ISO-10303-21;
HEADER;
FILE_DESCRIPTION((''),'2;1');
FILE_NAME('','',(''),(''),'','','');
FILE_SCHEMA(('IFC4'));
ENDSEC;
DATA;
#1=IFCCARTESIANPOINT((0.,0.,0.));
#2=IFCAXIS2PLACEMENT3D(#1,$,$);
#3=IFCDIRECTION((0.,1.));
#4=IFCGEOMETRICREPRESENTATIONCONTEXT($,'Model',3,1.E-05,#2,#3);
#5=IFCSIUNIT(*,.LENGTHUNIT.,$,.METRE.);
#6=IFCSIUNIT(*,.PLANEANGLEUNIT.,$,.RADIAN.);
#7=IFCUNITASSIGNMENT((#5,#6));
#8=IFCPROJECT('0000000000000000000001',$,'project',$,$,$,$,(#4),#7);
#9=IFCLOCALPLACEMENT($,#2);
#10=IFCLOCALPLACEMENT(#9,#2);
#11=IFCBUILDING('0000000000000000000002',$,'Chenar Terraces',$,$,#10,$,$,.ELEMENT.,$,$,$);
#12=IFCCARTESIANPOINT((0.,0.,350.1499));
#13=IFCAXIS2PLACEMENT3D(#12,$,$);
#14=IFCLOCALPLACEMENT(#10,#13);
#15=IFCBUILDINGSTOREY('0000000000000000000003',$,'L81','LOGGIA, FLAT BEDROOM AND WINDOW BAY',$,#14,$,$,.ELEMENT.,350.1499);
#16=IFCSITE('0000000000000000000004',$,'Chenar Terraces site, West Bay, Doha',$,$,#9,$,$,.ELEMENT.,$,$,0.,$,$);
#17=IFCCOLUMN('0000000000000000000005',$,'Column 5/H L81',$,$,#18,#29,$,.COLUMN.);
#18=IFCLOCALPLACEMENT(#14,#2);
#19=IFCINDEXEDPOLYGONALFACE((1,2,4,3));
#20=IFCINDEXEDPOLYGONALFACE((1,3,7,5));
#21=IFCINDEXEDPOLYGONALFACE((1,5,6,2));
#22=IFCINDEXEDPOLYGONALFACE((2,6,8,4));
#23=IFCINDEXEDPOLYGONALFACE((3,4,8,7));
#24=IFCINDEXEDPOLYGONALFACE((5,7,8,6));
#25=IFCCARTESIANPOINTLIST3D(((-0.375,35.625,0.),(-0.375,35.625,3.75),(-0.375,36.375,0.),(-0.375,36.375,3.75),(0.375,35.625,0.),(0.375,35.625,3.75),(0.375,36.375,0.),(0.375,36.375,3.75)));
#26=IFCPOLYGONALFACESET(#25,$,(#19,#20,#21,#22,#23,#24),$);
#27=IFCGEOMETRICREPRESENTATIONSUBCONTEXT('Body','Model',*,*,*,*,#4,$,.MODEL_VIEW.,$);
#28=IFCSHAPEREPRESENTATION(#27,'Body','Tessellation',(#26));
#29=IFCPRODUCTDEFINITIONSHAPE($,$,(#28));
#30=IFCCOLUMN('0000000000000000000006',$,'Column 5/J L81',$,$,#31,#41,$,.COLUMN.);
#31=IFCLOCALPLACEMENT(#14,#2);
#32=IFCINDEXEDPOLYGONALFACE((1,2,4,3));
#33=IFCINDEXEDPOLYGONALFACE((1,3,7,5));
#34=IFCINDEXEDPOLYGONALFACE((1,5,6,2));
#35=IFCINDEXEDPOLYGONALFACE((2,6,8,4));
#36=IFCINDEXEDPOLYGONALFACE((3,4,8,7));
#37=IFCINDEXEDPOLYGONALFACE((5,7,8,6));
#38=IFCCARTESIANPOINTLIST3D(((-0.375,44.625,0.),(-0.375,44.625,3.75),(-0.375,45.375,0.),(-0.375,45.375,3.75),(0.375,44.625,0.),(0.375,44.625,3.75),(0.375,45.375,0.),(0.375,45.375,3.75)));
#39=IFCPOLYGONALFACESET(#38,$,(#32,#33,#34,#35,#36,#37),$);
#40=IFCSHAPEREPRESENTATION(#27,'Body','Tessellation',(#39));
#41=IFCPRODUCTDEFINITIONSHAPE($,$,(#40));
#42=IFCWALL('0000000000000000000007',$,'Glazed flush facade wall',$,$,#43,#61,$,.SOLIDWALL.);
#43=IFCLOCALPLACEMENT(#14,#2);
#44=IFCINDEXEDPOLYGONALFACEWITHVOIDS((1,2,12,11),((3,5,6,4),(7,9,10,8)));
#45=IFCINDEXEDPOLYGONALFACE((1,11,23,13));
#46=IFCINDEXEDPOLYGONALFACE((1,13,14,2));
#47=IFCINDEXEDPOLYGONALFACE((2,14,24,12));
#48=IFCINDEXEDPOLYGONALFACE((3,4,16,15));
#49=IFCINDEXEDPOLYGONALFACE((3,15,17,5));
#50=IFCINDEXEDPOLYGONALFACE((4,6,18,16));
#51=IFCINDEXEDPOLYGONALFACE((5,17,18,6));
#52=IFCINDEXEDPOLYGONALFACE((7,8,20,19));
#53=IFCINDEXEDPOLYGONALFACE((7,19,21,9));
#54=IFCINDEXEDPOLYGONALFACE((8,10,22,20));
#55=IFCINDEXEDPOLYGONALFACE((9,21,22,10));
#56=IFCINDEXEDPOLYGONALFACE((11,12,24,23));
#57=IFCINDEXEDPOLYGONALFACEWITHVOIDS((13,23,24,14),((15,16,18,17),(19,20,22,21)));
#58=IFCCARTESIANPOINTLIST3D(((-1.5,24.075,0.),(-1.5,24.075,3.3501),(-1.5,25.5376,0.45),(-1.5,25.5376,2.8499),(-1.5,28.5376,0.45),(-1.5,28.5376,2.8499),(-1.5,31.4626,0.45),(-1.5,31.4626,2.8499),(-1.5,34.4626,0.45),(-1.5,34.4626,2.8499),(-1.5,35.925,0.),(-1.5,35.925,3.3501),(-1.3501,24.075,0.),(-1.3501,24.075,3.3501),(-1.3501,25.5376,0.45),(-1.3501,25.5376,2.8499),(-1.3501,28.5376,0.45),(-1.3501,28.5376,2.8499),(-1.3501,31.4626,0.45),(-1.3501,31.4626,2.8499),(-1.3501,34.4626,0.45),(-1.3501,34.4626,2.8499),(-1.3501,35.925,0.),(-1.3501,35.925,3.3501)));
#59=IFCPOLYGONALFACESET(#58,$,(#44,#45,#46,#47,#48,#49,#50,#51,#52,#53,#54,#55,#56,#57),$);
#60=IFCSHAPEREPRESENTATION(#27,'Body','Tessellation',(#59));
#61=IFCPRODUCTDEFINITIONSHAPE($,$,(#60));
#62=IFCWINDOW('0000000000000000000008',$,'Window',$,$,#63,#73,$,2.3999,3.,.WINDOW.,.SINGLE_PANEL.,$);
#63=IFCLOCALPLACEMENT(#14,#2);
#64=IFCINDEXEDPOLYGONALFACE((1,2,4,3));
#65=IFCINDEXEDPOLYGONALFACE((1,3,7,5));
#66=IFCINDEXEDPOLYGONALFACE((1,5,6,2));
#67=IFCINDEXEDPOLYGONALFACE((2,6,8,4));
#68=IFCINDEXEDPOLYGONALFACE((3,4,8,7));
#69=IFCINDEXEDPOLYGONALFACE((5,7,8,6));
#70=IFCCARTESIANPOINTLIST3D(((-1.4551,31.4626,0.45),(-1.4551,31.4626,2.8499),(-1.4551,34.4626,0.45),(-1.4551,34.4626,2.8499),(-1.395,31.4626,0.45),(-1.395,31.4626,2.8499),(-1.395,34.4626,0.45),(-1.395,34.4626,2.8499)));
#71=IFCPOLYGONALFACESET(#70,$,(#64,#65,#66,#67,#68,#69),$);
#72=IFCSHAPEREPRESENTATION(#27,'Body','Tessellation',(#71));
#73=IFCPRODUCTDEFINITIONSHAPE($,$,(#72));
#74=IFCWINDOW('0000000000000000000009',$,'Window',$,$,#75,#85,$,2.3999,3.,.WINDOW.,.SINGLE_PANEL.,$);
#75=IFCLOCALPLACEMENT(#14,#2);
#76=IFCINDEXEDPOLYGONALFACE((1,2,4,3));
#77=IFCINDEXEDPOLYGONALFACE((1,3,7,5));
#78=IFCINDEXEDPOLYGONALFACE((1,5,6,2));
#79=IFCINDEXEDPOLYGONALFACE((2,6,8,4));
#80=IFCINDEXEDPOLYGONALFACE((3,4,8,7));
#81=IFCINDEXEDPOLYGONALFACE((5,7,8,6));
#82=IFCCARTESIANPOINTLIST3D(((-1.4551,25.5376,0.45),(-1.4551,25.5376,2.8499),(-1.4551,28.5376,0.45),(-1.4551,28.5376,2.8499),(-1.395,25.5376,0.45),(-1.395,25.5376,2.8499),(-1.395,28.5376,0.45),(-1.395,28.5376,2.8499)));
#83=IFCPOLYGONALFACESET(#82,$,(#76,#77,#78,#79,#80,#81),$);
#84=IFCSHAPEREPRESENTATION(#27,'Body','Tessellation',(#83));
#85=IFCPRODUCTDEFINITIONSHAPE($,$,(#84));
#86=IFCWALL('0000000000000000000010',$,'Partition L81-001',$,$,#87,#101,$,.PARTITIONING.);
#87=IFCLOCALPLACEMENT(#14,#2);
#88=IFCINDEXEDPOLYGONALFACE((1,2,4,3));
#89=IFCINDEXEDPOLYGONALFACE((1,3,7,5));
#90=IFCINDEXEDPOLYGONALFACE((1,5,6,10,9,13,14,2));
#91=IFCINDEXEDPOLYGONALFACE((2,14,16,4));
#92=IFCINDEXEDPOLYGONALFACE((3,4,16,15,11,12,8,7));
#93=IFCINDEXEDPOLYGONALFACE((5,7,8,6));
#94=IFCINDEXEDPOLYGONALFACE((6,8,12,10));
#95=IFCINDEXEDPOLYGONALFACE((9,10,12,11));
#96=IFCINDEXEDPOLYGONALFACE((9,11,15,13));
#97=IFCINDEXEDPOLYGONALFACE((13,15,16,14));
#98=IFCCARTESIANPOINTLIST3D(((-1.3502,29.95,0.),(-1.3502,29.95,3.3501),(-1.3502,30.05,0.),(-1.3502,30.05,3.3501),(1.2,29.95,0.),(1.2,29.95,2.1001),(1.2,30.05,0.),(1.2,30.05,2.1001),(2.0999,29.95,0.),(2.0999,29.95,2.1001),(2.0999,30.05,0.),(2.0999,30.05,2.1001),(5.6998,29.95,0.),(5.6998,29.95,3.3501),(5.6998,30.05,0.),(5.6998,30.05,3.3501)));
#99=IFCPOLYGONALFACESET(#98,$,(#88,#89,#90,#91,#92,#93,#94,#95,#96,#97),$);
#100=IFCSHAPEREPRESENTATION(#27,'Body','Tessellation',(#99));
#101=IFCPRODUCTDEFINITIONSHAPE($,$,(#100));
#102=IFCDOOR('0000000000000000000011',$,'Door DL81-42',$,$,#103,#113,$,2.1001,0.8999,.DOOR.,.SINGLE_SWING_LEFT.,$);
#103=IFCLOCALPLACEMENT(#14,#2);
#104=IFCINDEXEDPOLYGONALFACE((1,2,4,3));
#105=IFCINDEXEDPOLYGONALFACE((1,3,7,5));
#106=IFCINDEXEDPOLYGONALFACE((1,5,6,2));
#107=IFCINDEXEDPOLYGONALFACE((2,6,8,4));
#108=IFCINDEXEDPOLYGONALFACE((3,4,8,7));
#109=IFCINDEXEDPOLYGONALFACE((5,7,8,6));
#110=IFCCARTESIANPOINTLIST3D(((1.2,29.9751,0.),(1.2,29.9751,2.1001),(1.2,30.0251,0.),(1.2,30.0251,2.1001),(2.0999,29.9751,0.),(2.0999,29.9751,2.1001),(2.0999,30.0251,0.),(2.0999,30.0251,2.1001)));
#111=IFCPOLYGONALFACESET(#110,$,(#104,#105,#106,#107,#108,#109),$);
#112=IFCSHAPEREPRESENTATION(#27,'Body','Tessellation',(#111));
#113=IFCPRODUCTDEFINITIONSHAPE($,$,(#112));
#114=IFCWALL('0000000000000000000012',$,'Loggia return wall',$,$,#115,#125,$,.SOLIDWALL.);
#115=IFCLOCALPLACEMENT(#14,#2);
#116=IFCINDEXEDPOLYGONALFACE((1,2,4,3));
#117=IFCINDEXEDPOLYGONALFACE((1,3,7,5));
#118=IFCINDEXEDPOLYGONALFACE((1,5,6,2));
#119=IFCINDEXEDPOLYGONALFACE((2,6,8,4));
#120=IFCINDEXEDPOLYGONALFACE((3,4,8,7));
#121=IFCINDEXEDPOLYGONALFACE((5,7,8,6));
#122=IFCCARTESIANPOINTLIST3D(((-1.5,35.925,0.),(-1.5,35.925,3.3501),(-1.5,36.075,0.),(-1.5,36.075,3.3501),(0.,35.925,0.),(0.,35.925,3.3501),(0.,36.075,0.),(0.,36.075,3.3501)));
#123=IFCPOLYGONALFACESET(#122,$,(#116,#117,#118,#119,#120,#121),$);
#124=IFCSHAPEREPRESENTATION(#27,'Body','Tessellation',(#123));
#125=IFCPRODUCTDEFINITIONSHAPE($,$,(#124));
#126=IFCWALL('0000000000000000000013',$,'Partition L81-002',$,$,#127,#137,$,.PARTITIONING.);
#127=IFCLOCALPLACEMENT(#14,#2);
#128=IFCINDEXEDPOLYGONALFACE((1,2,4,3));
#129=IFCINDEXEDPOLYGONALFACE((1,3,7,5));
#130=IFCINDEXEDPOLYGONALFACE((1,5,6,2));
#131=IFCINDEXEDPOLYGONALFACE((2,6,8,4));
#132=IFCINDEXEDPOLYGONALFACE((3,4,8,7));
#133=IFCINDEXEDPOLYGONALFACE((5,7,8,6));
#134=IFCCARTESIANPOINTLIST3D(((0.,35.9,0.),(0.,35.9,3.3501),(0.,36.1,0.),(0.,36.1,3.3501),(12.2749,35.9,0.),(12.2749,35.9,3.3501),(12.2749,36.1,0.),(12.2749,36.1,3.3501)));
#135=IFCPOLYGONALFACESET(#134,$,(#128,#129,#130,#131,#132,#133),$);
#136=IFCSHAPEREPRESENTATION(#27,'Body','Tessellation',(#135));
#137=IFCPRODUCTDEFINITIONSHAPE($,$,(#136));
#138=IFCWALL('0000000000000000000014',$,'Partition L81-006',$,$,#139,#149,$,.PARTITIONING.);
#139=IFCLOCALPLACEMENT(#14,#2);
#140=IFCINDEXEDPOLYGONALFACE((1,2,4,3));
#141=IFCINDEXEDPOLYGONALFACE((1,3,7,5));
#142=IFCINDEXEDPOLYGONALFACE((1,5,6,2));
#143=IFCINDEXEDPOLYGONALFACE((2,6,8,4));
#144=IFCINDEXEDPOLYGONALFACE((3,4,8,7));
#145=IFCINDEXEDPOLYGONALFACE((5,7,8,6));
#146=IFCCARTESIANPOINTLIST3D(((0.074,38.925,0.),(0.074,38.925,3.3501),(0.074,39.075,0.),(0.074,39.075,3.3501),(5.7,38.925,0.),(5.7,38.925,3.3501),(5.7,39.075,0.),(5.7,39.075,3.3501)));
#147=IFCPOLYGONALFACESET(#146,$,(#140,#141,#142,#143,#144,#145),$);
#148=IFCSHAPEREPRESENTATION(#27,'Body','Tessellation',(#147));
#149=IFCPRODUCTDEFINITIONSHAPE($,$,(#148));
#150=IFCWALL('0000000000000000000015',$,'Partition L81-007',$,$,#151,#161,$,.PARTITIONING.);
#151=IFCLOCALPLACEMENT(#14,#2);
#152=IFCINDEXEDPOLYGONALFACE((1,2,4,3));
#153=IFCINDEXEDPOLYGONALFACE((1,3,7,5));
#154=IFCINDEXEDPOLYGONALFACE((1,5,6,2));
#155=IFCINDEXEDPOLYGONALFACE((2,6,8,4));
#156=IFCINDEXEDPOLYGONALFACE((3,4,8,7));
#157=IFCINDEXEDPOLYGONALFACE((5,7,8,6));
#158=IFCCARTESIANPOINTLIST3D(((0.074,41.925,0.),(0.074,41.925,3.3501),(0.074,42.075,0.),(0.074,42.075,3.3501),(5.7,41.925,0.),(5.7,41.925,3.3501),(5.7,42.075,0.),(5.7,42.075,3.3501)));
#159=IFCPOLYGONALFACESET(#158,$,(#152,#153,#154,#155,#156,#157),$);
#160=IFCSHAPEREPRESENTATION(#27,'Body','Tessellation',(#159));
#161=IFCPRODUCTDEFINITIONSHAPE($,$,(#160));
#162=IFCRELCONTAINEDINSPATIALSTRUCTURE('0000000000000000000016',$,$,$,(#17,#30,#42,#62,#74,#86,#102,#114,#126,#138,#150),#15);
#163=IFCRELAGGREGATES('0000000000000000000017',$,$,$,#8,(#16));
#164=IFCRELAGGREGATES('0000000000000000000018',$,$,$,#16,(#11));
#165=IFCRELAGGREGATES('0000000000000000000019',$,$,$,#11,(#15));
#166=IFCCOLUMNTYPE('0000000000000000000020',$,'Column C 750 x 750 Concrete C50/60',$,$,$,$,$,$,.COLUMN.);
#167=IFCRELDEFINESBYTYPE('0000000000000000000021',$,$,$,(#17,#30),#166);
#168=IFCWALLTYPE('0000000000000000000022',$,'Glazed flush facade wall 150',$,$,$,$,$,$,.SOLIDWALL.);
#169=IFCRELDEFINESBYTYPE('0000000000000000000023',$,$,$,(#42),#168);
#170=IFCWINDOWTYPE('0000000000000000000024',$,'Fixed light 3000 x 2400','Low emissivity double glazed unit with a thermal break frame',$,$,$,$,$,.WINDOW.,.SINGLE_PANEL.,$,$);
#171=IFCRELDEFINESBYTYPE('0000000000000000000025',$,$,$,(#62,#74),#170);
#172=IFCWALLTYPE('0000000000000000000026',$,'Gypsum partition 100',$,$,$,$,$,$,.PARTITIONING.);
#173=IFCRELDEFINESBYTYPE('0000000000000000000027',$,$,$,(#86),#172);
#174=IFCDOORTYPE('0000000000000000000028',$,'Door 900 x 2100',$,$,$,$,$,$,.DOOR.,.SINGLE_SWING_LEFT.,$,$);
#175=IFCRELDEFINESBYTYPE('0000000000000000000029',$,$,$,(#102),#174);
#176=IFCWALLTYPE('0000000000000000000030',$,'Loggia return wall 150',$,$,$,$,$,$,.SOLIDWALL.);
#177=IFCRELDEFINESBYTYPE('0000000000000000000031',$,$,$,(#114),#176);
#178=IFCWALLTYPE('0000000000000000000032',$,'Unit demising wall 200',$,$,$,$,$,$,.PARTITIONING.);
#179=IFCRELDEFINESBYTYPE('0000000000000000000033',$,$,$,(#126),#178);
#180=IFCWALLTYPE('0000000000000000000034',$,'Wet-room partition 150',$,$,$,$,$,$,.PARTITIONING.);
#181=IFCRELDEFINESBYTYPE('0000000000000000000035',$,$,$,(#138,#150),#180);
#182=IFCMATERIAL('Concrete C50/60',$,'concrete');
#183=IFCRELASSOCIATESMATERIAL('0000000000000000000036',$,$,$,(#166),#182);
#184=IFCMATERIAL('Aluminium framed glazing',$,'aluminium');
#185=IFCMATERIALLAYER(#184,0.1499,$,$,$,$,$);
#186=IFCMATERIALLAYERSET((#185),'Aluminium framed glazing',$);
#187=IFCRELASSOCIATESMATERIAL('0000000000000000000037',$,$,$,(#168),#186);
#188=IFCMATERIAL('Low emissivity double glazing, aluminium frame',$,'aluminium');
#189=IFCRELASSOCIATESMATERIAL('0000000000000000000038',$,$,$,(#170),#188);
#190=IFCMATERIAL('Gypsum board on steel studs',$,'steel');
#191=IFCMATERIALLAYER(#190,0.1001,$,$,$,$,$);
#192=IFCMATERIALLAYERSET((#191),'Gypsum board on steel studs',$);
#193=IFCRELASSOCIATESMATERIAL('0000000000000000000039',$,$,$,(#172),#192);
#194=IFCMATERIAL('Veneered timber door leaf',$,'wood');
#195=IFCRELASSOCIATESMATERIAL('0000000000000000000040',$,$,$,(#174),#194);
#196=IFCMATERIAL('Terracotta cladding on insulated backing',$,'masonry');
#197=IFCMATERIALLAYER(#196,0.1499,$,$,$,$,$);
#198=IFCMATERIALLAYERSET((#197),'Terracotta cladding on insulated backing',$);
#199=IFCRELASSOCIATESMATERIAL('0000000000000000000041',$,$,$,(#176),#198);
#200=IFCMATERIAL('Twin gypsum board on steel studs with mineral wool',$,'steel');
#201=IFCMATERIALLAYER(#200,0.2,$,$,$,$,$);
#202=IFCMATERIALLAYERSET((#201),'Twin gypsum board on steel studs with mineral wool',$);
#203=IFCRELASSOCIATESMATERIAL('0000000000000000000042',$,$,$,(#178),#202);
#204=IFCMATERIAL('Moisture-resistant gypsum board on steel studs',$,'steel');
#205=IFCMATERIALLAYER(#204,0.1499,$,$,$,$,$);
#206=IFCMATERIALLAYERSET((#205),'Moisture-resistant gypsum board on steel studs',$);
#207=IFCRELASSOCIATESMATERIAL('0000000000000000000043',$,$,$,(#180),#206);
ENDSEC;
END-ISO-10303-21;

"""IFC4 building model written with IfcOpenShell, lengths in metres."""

from ifc_helpers import new_model, si_unit, direction, frame, frame_2d, origin, origin_2d, place, context, subcontext, project, spatial, rectangle, extrude, material, layer, layer_set, material_profile, profile_set, type_object, element, fill, save


model = new_model("IFC4")

# Units and contexts
model_context = context("Model", 3, precision=1e-05, world=origin(), true_north=direction((0.0, 1.0)))
body_context = subcontext(model_context, "Body", "Model", "MODEL_VIEW")
ifc_project = project(units=[si_unit("LENGTHUNIT", "METRE"), si_unit("PLANEANGLEUNIT", "RADIAN")], contexts=[model_context])

# Site, building, storey
site_placement = place(None, origin())
site = spatial("IfcSite", under=ifc_project, at=site_placement, Name="Chenar Terraces site, West Bay, Doha", CompositionType="ELEMENT", RefElevation=0.0)
building_placement = place(site_placement, origin())
building = spatial("IfcBuilding", under=site, at=building_placement, Name="Chenar Terraces", CompositionType="ELEMENT")
storey_placement = place(building_placement, frame((0.0, 0.0, 350.1499)))
storey = spatial("IfcBuildingStorey", under=building, at=storey_placement, Name="L81", Description="LOGGIA, FLAT BEDROOM AND WINDOW BAY", CompositionType="ELEMENT", Elevation=350.1499)

# Columns
ifc_material_1 = material(Name="Concrete C50/60", Category="concrete")
ifc_material_profile = material_profile(ifc_material_1, rectangle(XDim=0.75, YDim=0.75, at=origin_2d()), Name="C 750 x 750")
ifc_profile_set = profile_set([ifc_material_profile], Name="Concrete C50/60")
column_type = type_object("IfcColumnType", Name="Column C 750 x 750 Concrete C50/60", PredefinedType="COLUMN", material=ifc_profile_set)
placement = place(storey_placement, frame((0.0, 36.0, 0.0), z_axis=(0.0, 0.0, 1.0), x_axis=(1.0, 0.0, 0.0)))
element("IfcColumn", 1, at=placement, inside=storey, type_object=column_type, Name="Column 5/H L81", PredefinedType="COLUMN", context=body_context, shape_type="SweptSolid", body=[
    extrude(rectangle(XDim=0.75, YDim=0.75, at=origin_2d()), origin(), (0.0, 0.0, 1.0), 3.75),
])
column_1_placement = place(storey_placement, frame((0.0, 45.0, 0.0), z_axis=(0.0, 0.0, 1.0), x_axis=(1.0, 0.0, 0.0)))
element("IfcColumn", 2, at=column_1_placement, inside=storey, type_object=column_type, Name="Column 5/J L81", PredefinedType="COLUMN", context=body_context, shape_type="SweptSolid", body=[
    extrude(rectangle(XDim=0.75, YDim=0.75, at=origin_2d()), origin(), (0.0, 0.0, 1.0), 3.75),
])

# Wall, openings, windows
ifc_material_2 = material(Name="Aluminium framed glazing", Category="aluminium")
ifc_layer_1 = layer(ifc_material_2, 0.1499)
ifc_layer_set_1 = layer_set([ifc_layer_1], Name="Aluminium framed glazing")
wall_type_1 = type_object("IfcWallType", Name="Glazed flush facade wall 150", PredefinedType="SOLIDWALL", material=ifc_layer_set_1)
wall_1_placement = place(storey_placement, frame((-1.425, 35.925, 0.0), z_axis=(0.0, 0.0, 1.0), x_axis=(0.0, -1.0, 0.0)))
wall_1 = element("IfcWall", 3, at=wall_1_placement, inside=storey, type_object=wall_type_1, Name="Glazed flush facade wall", PredefinedType="SOLIDWALL", context=body_context, shape_type="SweptSolid", body=[
    extrude(rectangle(XDim=11.8501, YDim=0.1499, at=frame_2d((5.925, 0.0))), origin(), (0.0, 0.0, 1.0), 3.3501),
])
opening_1_placement = place(wall_1_placement, frame((1.4624, 0.0, 0.45)))
opening_1 = element("IfcOpeningElement", 4, at=opening_1_placement, cuts=wall_1, PredefinedType="OPENING", context=body_context, shape_type="SweptSolid", body=[
    extrude(rectangle(XDim=3.0, YDim=2.3999, at=frame_2d((1.5, 1.2))), frame((0.0, 0.085, 0.0), z_axis=(0.0, -1.0, 0.0), x_axis=(1.0, 0.0, 0.0)), (0.0, 0.0, 1.0), 0.1699),
])
opening_2_placement = place(wall_1_placement, frame((7.3875, 0.0, 0.45)))
opening_2 = element("IfcOpeningElement", 5, at=opening_2_placement, cuts=wall_1, PredefinedType="OPENING", context=body_context, shape_type="SweptSolid", body=[
    extrude(rectangle(XDim=3.0, YDim=2.3999, at=frame_2d((1.5, 1.2))), frame((0.0, 0.085, 0.0), z_axis=(0.0, -1.0, 0.0), x_axis=(1.0, 0.0, 0.0)), (0.0, 0.0, 1.0), 0.1699),
])
ifc_material_3 = material(Name="Low emissivity double glazing, aluminium frame", Category="aluminium")
window_type = type_object("IfcWindowType", Name="Fixed light 3000 x 2400", Description="Low emissivity double glazed unit with a thermal break frame", PartitioningType="SINGLE_PANEL", PredefinedType="WINDOW", material=ifc_material_3)
window_1_placement = place(opening_1_placement, origin())
window_1 = element("IfcWindow", 6, at=window_1_placement, inside=storey, type_object=window_type, Name="Window", OverallHeight=2.3999, OverallWidth=3.0, PartitioningType="SINGLE_PANEL", PredefinedType="WINDOW", context=body_context, shape_type="SweptSolid", body=[
    extrude(rectangle(XDim=3.0, YDim=2.3999, at=frame_2d((1.5, 1.2))), frame((0.0, 0.03, 0.0), z_axis=(0.0, -1.0, 0.0), x_axis=(1.0, 0.0, 0.0)), (0.0, 0.0, 1.0), 0.0601),
])
fill(opening_1, window_1)
window_2_placement = place(opening_2_placement, origin())
window_2 = element("IfcWindow", 7, at=window_2_placement, inside=storey, type_object=window_type, Name="Window", OverallHeight=2.3999, OverallWidth=3.0, PartitioningType="SINGLE_PANEL", PredefinedType="WINDOW", context=body_context, shape_type="SweptSolid", body=[
    extrude(rectangle(XDim=3.0, YDim=2.3999, at=frame_2d((1.5, 1.2))), frame((0.0, 0.03, 0.0), z_axis=(0.0, -1.0, 0.0), x_axis=(1.0, 0.0, 0.0)), (0.0, 0.0, 1.0), 0.0601),
])
fill(opening_2, window_2)

# Wall, opening, door
ifc_material_4 = material(Name="Gypsum board on steel studs", Category="steel")
ifc_layer_2 = layer(ifc_material_4, 0.1001)
ifc_layer_set_2 = layer_set([ifc_layer_2], Name="Gypsum board on steel studs")
wall_type_2 = type_object("IfcWallType", Name="Gypsum partition 100", PredefinedType="PARTITIONING", material=ifc_layer_set_2)
wall_2_placement = place(storey_placement, frame((-1.3501, 30.0, 0.0), z_axis=(0.0, 0.0, 1.0), x_axis=(1.0, 0.0, 0.0)))
wall_2 = element("IfcWall", 8, at=wall_2_placement, inside=storey, type_object=wall_type_2, Name="Partition L81-001", PredefinedType="PARTITIONING", context=body_context, shape_type="SweptSolid", body=[
    extrude(rectangle(XDim=7.05, YDim=0.1001, at=frame_2d((3.5249, 0.0))), origin(), (0.0, 0.0, 1.0), 3.3501),
])
opening_3_placement = place(wall_2_placement, frame((2.55, 0.0, 0.0)))
opening_3 = element("IfcOpeningElement", 9, at=opening_3_placement, cuts=wall_2, PredefinedType="OPENING", context=body_context, shape_type="SweptSolid", body=[
    extrude(rectangle(XDim=0.8999, YDim=2.1001, at=frame_2d((0.45, 1.05))), frame((0.0, 0.0601, 0.0), z_axis=(0.0, -1.0, 0.0), x_axis=(1.0, 0.0, 0.0)), (0.0, 0.0, 1.0), 0.1201),
])
ifc_material_5 = material(Name="Veneered timber door leaf", Category="wood")
door_type_1 = type_object("IfcDoorType", Name="Door 900 x 2100", OperationType="SINGLE_SWING_LEFT", PredefinedType="DOOR", material=ifc_material_5)
door_1_placement = place(opening_3_placement, frame((0.8999, 0.0, 0.0), z_axis=(0.0, 0.0, 1.0), x_axis=(-1.0, 0.0, 0.0)))
door_1 = element("IfcDoor", 10, at=door_1_placement, inside=storey, type_object=door_type_1, Name="Door DL81-42", OperationType="SINGLE_SWING_LEFT", OverallHeight=2.1001, OverallWidth=0.8999, PredefinedType="DOOR", context=body_context, shape_type="SweptSolid", body=[
    extrude(rectangle(XDim=0.8999, YDim=2.1001, at=frame_2d((0.45, 1.05))), frame((0.0, 0.0249, 0.0), z_axis=(0.0, -1.0, 0.0), x_axis=(1.0, 0.0, 0.0)), (0.0, 0.0, 1.0), 0.05),
])
fill(opening_3, door_1)

# Walls
ifc_material_6 = material(Name="Terracotta cladding on insulated backing", Category="masonry")
ifc_layer_3 = layer(ifc_material_6, 0.1499)
ifc_layer_set_3 = layer_set([ifc_layer_3], Name="Terracotta cladding on insulated backing")
wall_type_3 = type_object("IfcWallType", Name="Loggia return wall 150", PredefinedType="SOLIDWALL", material=ifc_layer_set_3)
wall_3_placement = place(storey_placement, frame((-1.5, 36.0, 0.0), z_axis=(0.0, 0.0, 1.0), x_axis=(1.0, 0.0, 0.0)))
element("IfcWall", 11, at=wall_3_placement, inside=storey, type_object=wall_type_3, Name="Loggia return wall", PredefinedType="SOLIDWALL", context=body_context, shape_type="SweptSolid", body=[
    extrude(rectangle(XDim=1.5, YDim=0.1499, at=frame_2d((0.75, 0.0))), origin(), (0.0, 0.0, 1.0), 3.3501),
])
ifc_material_7 = material(Name="Twin gypsum board on steel studs with mineral wool", Category="steel")
ifc_layer_4 = layer(ifc_material_7, 0.2)
ifc_layer_set_4 = layer_set([ifc_layer_4], Name="Twin gypsum board on steel studs with mineral wool")
wall_type_4 = type_object("IfcWallType", Name="Unit demising wall 200", PredefinedType="PARTITIONING", material=ifc_layer_set_4)
element("IfcWall", 12, at=placement, inside=storey, type_object=wall_type_4, Name="Partition L81-002", PredefinedType="PARTITIONING", context=body_context, shape_type="SweptSolid", body=[
    extrude(rectangle(XDim=12.2749, YDim=0.2, at=frame_2d((6.1375, 0.0))), origin(), (0.0, 0.0, 1.0), 3.3501),
])
ifc_material_8 = material(Name="Moisture-resistant gypsum board on steel studs", Category="steel")
ifc_layer_5 = layer(ifc_material_8, 0.1499)
ifc_layer_set_5 = layer_set([ifc_layer_5], Name="Moisture-resistant gypsum board on steel studs")
wall_type_5 = type_object("IfcWallType", Name="Wet-room partition 150", PredefinedType="PARTITIONING", material=ifc_layer_set_5)
for number, where, z_axis, x_axis, name in (
    (13, (0.074, 39.0, 0.0), (0.0, 0.0, 1.0), (1.0, 0.0, 0.0), "Partition L81-006"),
    (14, (0.074, 42.0, 0.0), (0.0, 0.0, 1.0), (1.0, 0.0, 0.0), "Partition L81-007"),
):
    element("IfcWall", number, at=place(storey_placement, frame(where, z_axis=z_axis, x_axis=x_axis)), inside=storey, type_object=wall_type_5, Name=name, PredefinedType="PARTITIONING", context=body_context, shape_type="SweptSolid", body=[
        extrude(rectangle(XDim=5.626, YDim=0.1499, at=frame_2d((2.813, 0.0))), origin(), (0.0, 0.0, 1.0), 3.3501),
    ])

save(model, "model.ifc")
